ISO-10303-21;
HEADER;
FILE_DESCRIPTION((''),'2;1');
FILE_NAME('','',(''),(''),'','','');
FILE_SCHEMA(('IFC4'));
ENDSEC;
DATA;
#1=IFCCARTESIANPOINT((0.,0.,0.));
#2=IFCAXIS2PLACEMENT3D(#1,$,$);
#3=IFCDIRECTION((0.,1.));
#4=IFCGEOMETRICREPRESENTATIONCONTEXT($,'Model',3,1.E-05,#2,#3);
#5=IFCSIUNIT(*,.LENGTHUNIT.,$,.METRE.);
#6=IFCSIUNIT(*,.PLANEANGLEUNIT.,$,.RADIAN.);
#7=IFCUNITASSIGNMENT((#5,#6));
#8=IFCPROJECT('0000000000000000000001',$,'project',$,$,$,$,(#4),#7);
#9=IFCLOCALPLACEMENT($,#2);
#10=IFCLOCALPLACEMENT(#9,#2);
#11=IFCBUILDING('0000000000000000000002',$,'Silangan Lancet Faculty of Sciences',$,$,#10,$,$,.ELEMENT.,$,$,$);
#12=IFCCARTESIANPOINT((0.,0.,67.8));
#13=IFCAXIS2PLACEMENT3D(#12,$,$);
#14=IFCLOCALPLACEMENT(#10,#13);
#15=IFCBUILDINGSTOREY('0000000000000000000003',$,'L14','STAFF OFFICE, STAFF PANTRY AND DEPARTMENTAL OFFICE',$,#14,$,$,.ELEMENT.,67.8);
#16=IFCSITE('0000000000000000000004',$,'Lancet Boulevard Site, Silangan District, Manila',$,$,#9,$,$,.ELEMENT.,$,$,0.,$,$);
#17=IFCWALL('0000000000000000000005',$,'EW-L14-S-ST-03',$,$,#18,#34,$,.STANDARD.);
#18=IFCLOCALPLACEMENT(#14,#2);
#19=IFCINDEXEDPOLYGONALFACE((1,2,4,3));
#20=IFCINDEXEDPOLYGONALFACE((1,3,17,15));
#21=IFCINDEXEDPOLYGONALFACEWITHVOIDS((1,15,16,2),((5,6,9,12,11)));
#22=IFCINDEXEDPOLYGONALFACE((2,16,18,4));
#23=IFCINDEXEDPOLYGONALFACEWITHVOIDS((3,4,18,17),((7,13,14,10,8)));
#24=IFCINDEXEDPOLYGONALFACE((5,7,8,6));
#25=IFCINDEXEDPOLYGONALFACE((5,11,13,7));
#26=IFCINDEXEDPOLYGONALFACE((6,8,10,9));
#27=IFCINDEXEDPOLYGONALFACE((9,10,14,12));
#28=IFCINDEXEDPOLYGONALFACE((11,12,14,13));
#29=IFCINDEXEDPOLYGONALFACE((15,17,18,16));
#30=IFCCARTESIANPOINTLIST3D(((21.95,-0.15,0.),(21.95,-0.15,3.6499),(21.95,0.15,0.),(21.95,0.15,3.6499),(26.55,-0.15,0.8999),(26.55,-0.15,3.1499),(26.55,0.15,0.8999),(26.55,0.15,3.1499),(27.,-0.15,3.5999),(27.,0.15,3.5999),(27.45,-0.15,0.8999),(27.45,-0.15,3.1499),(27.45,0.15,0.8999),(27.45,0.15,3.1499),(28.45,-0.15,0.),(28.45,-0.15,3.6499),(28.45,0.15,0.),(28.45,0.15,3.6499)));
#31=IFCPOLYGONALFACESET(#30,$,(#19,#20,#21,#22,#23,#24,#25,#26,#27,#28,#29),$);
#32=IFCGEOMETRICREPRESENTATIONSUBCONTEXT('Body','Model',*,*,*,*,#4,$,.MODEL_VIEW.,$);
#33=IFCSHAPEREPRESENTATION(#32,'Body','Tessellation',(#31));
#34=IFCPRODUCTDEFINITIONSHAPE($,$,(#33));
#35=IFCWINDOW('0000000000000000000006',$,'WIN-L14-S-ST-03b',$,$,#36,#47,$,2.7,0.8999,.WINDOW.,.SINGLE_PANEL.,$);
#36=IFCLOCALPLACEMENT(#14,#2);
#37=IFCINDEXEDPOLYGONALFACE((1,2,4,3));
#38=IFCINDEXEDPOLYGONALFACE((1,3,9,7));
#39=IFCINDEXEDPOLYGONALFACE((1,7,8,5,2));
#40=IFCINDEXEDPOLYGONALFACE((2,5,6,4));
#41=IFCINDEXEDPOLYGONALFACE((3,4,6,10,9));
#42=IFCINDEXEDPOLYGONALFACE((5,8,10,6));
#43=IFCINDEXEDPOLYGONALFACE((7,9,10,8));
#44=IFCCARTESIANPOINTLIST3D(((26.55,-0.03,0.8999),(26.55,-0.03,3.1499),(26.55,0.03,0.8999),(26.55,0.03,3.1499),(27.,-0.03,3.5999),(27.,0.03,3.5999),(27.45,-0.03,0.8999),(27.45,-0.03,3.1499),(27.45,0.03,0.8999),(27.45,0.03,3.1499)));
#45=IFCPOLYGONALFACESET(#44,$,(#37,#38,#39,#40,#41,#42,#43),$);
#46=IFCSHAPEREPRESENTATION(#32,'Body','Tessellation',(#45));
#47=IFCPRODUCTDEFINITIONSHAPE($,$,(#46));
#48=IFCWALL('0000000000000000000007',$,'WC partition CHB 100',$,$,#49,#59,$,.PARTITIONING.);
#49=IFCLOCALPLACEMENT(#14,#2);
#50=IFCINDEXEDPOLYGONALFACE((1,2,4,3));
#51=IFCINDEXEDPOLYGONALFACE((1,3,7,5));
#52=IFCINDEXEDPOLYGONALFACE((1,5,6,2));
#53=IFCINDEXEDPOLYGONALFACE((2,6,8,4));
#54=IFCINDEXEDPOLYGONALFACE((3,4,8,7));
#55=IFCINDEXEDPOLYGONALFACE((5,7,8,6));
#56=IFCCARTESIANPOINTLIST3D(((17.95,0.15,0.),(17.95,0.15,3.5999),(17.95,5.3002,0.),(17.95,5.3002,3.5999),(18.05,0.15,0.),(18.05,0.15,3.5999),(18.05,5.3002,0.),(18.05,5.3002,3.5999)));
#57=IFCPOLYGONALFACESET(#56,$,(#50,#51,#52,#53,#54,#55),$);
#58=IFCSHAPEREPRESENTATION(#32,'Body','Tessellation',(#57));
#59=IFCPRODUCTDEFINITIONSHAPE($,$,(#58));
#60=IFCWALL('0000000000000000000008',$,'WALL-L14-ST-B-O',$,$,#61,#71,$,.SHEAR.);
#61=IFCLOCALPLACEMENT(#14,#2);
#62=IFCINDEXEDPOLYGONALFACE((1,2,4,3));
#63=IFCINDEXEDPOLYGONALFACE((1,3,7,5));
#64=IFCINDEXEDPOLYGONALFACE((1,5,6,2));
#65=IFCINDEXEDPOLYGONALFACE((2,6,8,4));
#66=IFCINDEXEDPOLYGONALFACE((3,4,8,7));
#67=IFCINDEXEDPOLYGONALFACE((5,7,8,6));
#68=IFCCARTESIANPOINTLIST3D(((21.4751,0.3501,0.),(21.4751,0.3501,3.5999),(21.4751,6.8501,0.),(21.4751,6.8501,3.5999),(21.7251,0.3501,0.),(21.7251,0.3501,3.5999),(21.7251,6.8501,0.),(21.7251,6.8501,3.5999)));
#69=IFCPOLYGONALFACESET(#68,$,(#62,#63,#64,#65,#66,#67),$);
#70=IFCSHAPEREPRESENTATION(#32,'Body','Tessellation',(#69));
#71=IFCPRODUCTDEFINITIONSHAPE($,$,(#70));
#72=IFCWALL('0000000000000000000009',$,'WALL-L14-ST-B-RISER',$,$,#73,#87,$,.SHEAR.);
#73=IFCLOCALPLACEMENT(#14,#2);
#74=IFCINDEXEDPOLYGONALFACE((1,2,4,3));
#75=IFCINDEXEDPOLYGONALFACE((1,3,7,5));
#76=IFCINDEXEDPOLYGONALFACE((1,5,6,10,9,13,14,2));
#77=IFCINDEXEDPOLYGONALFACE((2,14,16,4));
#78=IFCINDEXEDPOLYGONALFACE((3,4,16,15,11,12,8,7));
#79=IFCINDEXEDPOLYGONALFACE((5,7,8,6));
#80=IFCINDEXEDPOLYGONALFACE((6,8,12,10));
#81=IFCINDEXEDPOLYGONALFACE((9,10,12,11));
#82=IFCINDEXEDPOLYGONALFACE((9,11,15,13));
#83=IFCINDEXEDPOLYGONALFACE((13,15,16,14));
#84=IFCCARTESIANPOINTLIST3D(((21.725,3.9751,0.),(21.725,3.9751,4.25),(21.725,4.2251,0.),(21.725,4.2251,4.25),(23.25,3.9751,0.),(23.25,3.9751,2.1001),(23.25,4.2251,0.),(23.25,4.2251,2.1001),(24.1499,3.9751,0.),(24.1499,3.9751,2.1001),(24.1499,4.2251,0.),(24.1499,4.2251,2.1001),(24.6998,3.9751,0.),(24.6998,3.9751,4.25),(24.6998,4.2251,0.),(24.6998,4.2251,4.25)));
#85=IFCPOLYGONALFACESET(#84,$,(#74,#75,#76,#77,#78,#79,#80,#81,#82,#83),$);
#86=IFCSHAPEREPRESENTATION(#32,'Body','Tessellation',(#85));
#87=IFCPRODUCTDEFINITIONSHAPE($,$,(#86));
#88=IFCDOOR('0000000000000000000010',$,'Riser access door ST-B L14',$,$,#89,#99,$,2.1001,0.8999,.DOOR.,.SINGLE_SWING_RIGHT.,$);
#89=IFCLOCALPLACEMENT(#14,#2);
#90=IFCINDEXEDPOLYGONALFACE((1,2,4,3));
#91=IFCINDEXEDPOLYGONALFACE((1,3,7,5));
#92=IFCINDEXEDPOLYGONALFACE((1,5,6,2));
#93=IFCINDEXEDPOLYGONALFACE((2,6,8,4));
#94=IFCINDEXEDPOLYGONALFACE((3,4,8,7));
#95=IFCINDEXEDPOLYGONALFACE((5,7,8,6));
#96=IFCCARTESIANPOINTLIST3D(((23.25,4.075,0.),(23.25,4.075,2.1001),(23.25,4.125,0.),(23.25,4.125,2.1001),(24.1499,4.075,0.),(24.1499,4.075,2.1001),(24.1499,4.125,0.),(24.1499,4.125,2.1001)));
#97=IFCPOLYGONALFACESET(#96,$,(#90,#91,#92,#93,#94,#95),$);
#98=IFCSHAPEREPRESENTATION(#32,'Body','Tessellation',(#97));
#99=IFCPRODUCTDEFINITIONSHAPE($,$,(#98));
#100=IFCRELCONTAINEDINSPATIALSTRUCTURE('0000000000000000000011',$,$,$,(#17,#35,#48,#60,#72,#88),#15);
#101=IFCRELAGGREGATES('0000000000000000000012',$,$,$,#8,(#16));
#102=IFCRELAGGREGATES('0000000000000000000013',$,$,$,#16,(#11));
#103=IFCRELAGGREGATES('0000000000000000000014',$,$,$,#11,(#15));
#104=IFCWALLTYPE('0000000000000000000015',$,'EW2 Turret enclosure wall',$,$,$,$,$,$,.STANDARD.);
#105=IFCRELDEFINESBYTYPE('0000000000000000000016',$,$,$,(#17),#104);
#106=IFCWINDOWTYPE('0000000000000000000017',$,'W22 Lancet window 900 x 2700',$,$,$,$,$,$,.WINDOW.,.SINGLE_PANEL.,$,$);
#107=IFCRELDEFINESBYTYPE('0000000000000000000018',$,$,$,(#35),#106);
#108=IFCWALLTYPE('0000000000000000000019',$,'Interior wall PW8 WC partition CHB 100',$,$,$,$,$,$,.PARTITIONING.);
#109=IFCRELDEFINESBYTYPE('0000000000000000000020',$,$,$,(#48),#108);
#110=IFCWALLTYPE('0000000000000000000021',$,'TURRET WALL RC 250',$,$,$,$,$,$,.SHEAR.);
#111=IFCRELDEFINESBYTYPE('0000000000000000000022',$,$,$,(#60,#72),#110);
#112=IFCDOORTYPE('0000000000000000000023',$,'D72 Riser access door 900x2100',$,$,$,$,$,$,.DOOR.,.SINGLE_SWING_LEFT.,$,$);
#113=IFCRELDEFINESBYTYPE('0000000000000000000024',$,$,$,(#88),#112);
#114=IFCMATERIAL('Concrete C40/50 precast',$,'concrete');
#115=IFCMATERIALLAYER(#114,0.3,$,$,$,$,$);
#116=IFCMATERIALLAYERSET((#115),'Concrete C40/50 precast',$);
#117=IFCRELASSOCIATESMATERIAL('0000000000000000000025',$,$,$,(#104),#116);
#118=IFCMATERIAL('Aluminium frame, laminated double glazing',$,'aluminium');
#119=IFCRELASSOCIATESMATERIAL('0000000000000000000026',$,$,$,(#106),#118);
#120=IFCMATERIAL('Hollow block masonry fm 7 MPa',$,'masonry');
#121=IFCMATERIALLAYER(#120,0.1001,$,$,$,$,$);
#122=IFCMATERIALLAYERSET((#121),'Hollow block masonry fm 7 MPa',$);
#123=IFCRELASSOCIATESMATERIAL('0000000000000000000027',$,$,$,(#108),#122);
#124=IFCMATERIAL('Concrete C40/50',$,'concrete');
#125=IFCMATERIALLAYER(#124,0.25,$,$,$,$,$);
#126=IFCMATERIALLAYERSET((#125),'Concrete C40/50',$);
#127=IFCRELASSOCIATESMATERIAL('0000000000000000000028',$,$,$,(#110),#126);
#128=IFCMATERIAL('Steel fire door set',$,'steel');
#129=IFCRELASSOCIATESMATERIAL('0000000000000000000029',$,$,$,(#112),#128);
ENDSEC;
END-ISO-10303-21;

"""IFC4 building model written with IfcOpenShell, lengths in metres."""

from ifc_helpers import new_model, si_unit, direction, frame, frame_2d, origin, place, context, subcontext, project, spatial, polyline, rectangle, outline, extrude, material, layer, layer_set, type_object, element, fill, save


model = new_model("IFC4")

# Units and contexts
model_context = context("Model", 3, precision=1e-05, world=origin(), true_north=direction((0.0, 1.0)))
body_context = subcontext(model_context, "Body", "Model", "MODEL_VIEW")
ifc_project = project(units=[si_unit("LENGTHUNIT", "METRE"), si_unit("PLANEANGLEUNIT", "RADIAN")], contexts=[model_context])

# Site, building, storey
site_placement = place(None, origin())
site = spatial("IfcSite", under=ifc_project, at=site_placement, Name="Lancet Boulevard Site, Silangan District, Manila", CompositionType="ELEMENT", RefElevation=0.0)
building_placement = place(site_placement, origin())
building = spatial("IfcBuilding", under=site, at=building_placement, Name="Silangan Lancet Faculty of Sciences", CompositionType="ELEMENT")
storey_placement = place(building_placement, frame((0.0, 0.0, 67.8)))
storey = spatial("IfcBuildingStorey", under=building, at=storey_placement, Name="L14", Description="STAFF OFFICE, STAFF PANTRY AND DEPARTMENTAL OFFICE", CompositionType="ELEMENT", Elevation=67.8)

# Wall, opening, window
ifc_material_1 = material(Name="Concrete C40/50 precast", Category="concrete")
ifc_layer_1 = layer(ifc_material_1, 0.3)
ifc_layer_set_1 = layer_set([ifc_layer_1], Name="Concrete C40/50 precast")
wall_type_1 = type_object("IfcWallType", Name="EW2 Turret enclosure wall", PredefinedType="STANDARD", material=ifc_layer_set_1)
wall_1_placement = place(storey_placement, frame((21.95, 0.0, 0.0), z_axis=(0.0, 0.0, 1.0), x_axis=(1.0, 0.0, 0.0)))
wall_1 = element("IfcWall", 1, at=wall_1_placement, inside=storey, type_object=wall_type_1, Name="EW-L14-S-ST-03", PredefinedType="STANDARD", context=body_context, shape_type="SweptSolid", body=[
    extrude(rectangle(XDim=6.5, YDim=0.3, at=frame_2d((3.25, 0.0))), origin(), (0.0, 0.0, 1.0), 3.6499),
])
opening_1_placement = place(wall_1_placement, frame((4.6001, 0.0, 0.8999)))
opening_1 = element("IfcOpeningElement", 2, at=opening_1_placement, cuts=wall_1, PredefinedType="OPENING", context=body_context, shape_type="SweptSolid", body=[
    extrude(outline(polyline([(0.0, 0.0), (0.8999, 0.0), (0.8999, 2.25), (0.45, 2.7), (0.0, 2.25), (0.0, 0.0)])), frame((0.0, 0.1599, 0.0), z_axis=(0.0, -1.0, 0.0), x_axis=(1.0, 0.0, 0.0)), (0.0, 0.0, 1.0), 0.3201),
])
ifc_material_2 = material(Name="Aluminium frame, laminated double glazing", Category="aluminium")
window_type_1 = type_object("IfcWindowType", Name="W22 Lancet window 900 x 2700", PartitioningType="SINGLE_PANEL", PredefinedType="WINDOW", material=ifc_material_2)
window_1_placement = place(opening_1_placement, origin())
window_1 = element("IfcWindow", 3, at=window_1_placement, inside=storey, type_object=window_type_1, Name="WIN-L14-S-ST-03b", OverallHeight=2.7, OverallWidth=0.8999, PartitioningType="SINGLE_PANEL", PredefinedType="WINDOW", context=body_context, shape_type="SweptSolid", body=[
    extrude(outline(polyline([(0.0, 0.0), (0.8999, 0.0), (0.8999, 2.25), (0.45, 2.7), (0.0, 2.25), (0.0, 0.0)])), frame((0.0, 0.03, 0.0), z_axis=(0.0, -1.0, 0.0), x_axis=(1.0, 0.0, 0.0)), (0.0, 0.0, 1.0), 0.0601),
])
fill(opening_1, window_1)

# Walls
ifc_material_3 = material(Name="Hollow block masonry fm 7 MPa", Category="masonry")
ifc_layer_2 = layer(ifc_material_3, 0.1001)
ifc_layer_set_2 = layer_set([ifc_layer_2], Name="Hollow block masonry fm 7 MPa")
wall_type_2 = type_object("IfcWallType", Name="Interior wall PW8 WC partition CHB 100", PredefinedType="PARTITIONING", material=ifc_layer_set_2)
wall_2_placement = place(storey_placement, frame((18.0, 0.1499, 0.0), z_axis=(0.0, 0.0, 1.0), x_axis=(0.0, 1.0, 0.0)))
element("IfcWall", 4, at=wall_2_placement, inside=storey, type_object=wall_type_2, Name="WC partition CHB 100", PredefinedType="PARTITIONING", context=body_context, shape_type="SweptSolid", body=[
    extrude(rectangle(XDim=5.1501, YDim=0.1001, at=frame_2d((2.5752, 0.0))), origin(), (0.0, 0.0, 1.0), 3.5999),
])
ifc_material_4 = material(Name="Concrete C40/50", Category="concrete")
ifc_layer_3 = layer(ifc_material_4, 0.25)
ifc_layer_set_3 = layer_set([ifc_layer_3], Name="Concrete C40/50")
wall_type_3 = type_object("IfcWallType", Name="TURRET WALL RC 250", PredefinedType="SHEAR", material=ifc_layer_set_3)
wall_3_placement = place(storey_placement, frame((21.6001, 0.3501, 0.0), z_axis=(0.0, 0.0, 1.0), x_axis=(0.0, 1.0, 0.0)))
element("IfcWall", 5, at=wall_3_placement, inside=storey, type_object=wall_type_3, Name="WALL-L14-ST-B-O", PredefinedType="SHEAR", context=body_context, shape_type="SweptSolid", body=[
    extrude(rectangle(XDim=6.5, YDim=0.25, at=frame_2d((3.25, 0.0))), origin(), (0.0, 0.0, 1.0), 3.5999),
])

# Wall, opening, door
wall_4_placement = place(storey_placement, frame((21.7251, 4.1001, 0.0), z_axis=(0.0, 0.0, 1.0), x_axis=(1.0, 0.0, 0.0)))
wall_4 = element("IfcWall", 6, at=wall_4_placement, inside=storey, type_object=wall_type_3, Name="WALL-L14-ST-B-RISER", PredefinedType="SHEAR", context=body_context, shape_type="SweptSolid", body=[
    extrude(rectangle(XDim=2.9749, YDim=0.25, at=frame_2d((1.4873, 0.0))), origin(), (0.0, 0.0, 1.0), 4.25),
])
opening_2_placement = place(wall_4_placement, frame((1.5249, 0.0, 0.0)))
opening_2 = element("IfcOpeningElement", 7, at=opening_2_placement, cuts=wall_4, PredefinedType="OPENING", context=body_context, shape_type="SweptSolid", body=[
    extrude(rectangle(XDim=0.8999, YDim=2.1001, at=frame_2d((0.45, 1.05))), frame((0.0, 0.135, 0.0), z_axis=(0.0, -1.0, 0.0), x_axis=(1.0, 0.0, 0.0)), (0.0, 0.0, 1.0), 0.27),
])
ifc_material_5 = material(Name="Steel fire door set", Category="steel")
door_type = type_object("IfcDoorType", Name="D72 Riser access door 900x2100", OperationType="SINGLE_SWING_LEFT", PredefinedType="DOOR", material=ifc_material_5)
door_placement = place(opening_2_placement, frame((0.8999, 0.0, 0.0), z_axis=(0.0, 0.0, 1.0), x_axis=(-1.0, 0.0, 0.0)))
door = element("IfcDoor", 8, at=door_placement, inside=storey, type_object=door_type, Name="Riser access door ST-B L14", OperationType="SINGLE_SWING_RIGHT", OverallHeight=2.1001, OverallWidth=0.8999, PredefinedType="DOOR", context=body_context, shape_type="SweptSolid", body=[
    extrude(rectangle(XDim=0.8999, YDim=2.1001, at=frame_2d((0.45, 1.05))), frame((0.0, 0.0251, 0.0), z_axis=(0.0, -1.0, 0.0), x_axis=(1.0, 0.0, 0.0)), (0.0, 0.0, 1.0), 0.05),
])
fill(opening_2, door)

save(model, "model.ifc")
